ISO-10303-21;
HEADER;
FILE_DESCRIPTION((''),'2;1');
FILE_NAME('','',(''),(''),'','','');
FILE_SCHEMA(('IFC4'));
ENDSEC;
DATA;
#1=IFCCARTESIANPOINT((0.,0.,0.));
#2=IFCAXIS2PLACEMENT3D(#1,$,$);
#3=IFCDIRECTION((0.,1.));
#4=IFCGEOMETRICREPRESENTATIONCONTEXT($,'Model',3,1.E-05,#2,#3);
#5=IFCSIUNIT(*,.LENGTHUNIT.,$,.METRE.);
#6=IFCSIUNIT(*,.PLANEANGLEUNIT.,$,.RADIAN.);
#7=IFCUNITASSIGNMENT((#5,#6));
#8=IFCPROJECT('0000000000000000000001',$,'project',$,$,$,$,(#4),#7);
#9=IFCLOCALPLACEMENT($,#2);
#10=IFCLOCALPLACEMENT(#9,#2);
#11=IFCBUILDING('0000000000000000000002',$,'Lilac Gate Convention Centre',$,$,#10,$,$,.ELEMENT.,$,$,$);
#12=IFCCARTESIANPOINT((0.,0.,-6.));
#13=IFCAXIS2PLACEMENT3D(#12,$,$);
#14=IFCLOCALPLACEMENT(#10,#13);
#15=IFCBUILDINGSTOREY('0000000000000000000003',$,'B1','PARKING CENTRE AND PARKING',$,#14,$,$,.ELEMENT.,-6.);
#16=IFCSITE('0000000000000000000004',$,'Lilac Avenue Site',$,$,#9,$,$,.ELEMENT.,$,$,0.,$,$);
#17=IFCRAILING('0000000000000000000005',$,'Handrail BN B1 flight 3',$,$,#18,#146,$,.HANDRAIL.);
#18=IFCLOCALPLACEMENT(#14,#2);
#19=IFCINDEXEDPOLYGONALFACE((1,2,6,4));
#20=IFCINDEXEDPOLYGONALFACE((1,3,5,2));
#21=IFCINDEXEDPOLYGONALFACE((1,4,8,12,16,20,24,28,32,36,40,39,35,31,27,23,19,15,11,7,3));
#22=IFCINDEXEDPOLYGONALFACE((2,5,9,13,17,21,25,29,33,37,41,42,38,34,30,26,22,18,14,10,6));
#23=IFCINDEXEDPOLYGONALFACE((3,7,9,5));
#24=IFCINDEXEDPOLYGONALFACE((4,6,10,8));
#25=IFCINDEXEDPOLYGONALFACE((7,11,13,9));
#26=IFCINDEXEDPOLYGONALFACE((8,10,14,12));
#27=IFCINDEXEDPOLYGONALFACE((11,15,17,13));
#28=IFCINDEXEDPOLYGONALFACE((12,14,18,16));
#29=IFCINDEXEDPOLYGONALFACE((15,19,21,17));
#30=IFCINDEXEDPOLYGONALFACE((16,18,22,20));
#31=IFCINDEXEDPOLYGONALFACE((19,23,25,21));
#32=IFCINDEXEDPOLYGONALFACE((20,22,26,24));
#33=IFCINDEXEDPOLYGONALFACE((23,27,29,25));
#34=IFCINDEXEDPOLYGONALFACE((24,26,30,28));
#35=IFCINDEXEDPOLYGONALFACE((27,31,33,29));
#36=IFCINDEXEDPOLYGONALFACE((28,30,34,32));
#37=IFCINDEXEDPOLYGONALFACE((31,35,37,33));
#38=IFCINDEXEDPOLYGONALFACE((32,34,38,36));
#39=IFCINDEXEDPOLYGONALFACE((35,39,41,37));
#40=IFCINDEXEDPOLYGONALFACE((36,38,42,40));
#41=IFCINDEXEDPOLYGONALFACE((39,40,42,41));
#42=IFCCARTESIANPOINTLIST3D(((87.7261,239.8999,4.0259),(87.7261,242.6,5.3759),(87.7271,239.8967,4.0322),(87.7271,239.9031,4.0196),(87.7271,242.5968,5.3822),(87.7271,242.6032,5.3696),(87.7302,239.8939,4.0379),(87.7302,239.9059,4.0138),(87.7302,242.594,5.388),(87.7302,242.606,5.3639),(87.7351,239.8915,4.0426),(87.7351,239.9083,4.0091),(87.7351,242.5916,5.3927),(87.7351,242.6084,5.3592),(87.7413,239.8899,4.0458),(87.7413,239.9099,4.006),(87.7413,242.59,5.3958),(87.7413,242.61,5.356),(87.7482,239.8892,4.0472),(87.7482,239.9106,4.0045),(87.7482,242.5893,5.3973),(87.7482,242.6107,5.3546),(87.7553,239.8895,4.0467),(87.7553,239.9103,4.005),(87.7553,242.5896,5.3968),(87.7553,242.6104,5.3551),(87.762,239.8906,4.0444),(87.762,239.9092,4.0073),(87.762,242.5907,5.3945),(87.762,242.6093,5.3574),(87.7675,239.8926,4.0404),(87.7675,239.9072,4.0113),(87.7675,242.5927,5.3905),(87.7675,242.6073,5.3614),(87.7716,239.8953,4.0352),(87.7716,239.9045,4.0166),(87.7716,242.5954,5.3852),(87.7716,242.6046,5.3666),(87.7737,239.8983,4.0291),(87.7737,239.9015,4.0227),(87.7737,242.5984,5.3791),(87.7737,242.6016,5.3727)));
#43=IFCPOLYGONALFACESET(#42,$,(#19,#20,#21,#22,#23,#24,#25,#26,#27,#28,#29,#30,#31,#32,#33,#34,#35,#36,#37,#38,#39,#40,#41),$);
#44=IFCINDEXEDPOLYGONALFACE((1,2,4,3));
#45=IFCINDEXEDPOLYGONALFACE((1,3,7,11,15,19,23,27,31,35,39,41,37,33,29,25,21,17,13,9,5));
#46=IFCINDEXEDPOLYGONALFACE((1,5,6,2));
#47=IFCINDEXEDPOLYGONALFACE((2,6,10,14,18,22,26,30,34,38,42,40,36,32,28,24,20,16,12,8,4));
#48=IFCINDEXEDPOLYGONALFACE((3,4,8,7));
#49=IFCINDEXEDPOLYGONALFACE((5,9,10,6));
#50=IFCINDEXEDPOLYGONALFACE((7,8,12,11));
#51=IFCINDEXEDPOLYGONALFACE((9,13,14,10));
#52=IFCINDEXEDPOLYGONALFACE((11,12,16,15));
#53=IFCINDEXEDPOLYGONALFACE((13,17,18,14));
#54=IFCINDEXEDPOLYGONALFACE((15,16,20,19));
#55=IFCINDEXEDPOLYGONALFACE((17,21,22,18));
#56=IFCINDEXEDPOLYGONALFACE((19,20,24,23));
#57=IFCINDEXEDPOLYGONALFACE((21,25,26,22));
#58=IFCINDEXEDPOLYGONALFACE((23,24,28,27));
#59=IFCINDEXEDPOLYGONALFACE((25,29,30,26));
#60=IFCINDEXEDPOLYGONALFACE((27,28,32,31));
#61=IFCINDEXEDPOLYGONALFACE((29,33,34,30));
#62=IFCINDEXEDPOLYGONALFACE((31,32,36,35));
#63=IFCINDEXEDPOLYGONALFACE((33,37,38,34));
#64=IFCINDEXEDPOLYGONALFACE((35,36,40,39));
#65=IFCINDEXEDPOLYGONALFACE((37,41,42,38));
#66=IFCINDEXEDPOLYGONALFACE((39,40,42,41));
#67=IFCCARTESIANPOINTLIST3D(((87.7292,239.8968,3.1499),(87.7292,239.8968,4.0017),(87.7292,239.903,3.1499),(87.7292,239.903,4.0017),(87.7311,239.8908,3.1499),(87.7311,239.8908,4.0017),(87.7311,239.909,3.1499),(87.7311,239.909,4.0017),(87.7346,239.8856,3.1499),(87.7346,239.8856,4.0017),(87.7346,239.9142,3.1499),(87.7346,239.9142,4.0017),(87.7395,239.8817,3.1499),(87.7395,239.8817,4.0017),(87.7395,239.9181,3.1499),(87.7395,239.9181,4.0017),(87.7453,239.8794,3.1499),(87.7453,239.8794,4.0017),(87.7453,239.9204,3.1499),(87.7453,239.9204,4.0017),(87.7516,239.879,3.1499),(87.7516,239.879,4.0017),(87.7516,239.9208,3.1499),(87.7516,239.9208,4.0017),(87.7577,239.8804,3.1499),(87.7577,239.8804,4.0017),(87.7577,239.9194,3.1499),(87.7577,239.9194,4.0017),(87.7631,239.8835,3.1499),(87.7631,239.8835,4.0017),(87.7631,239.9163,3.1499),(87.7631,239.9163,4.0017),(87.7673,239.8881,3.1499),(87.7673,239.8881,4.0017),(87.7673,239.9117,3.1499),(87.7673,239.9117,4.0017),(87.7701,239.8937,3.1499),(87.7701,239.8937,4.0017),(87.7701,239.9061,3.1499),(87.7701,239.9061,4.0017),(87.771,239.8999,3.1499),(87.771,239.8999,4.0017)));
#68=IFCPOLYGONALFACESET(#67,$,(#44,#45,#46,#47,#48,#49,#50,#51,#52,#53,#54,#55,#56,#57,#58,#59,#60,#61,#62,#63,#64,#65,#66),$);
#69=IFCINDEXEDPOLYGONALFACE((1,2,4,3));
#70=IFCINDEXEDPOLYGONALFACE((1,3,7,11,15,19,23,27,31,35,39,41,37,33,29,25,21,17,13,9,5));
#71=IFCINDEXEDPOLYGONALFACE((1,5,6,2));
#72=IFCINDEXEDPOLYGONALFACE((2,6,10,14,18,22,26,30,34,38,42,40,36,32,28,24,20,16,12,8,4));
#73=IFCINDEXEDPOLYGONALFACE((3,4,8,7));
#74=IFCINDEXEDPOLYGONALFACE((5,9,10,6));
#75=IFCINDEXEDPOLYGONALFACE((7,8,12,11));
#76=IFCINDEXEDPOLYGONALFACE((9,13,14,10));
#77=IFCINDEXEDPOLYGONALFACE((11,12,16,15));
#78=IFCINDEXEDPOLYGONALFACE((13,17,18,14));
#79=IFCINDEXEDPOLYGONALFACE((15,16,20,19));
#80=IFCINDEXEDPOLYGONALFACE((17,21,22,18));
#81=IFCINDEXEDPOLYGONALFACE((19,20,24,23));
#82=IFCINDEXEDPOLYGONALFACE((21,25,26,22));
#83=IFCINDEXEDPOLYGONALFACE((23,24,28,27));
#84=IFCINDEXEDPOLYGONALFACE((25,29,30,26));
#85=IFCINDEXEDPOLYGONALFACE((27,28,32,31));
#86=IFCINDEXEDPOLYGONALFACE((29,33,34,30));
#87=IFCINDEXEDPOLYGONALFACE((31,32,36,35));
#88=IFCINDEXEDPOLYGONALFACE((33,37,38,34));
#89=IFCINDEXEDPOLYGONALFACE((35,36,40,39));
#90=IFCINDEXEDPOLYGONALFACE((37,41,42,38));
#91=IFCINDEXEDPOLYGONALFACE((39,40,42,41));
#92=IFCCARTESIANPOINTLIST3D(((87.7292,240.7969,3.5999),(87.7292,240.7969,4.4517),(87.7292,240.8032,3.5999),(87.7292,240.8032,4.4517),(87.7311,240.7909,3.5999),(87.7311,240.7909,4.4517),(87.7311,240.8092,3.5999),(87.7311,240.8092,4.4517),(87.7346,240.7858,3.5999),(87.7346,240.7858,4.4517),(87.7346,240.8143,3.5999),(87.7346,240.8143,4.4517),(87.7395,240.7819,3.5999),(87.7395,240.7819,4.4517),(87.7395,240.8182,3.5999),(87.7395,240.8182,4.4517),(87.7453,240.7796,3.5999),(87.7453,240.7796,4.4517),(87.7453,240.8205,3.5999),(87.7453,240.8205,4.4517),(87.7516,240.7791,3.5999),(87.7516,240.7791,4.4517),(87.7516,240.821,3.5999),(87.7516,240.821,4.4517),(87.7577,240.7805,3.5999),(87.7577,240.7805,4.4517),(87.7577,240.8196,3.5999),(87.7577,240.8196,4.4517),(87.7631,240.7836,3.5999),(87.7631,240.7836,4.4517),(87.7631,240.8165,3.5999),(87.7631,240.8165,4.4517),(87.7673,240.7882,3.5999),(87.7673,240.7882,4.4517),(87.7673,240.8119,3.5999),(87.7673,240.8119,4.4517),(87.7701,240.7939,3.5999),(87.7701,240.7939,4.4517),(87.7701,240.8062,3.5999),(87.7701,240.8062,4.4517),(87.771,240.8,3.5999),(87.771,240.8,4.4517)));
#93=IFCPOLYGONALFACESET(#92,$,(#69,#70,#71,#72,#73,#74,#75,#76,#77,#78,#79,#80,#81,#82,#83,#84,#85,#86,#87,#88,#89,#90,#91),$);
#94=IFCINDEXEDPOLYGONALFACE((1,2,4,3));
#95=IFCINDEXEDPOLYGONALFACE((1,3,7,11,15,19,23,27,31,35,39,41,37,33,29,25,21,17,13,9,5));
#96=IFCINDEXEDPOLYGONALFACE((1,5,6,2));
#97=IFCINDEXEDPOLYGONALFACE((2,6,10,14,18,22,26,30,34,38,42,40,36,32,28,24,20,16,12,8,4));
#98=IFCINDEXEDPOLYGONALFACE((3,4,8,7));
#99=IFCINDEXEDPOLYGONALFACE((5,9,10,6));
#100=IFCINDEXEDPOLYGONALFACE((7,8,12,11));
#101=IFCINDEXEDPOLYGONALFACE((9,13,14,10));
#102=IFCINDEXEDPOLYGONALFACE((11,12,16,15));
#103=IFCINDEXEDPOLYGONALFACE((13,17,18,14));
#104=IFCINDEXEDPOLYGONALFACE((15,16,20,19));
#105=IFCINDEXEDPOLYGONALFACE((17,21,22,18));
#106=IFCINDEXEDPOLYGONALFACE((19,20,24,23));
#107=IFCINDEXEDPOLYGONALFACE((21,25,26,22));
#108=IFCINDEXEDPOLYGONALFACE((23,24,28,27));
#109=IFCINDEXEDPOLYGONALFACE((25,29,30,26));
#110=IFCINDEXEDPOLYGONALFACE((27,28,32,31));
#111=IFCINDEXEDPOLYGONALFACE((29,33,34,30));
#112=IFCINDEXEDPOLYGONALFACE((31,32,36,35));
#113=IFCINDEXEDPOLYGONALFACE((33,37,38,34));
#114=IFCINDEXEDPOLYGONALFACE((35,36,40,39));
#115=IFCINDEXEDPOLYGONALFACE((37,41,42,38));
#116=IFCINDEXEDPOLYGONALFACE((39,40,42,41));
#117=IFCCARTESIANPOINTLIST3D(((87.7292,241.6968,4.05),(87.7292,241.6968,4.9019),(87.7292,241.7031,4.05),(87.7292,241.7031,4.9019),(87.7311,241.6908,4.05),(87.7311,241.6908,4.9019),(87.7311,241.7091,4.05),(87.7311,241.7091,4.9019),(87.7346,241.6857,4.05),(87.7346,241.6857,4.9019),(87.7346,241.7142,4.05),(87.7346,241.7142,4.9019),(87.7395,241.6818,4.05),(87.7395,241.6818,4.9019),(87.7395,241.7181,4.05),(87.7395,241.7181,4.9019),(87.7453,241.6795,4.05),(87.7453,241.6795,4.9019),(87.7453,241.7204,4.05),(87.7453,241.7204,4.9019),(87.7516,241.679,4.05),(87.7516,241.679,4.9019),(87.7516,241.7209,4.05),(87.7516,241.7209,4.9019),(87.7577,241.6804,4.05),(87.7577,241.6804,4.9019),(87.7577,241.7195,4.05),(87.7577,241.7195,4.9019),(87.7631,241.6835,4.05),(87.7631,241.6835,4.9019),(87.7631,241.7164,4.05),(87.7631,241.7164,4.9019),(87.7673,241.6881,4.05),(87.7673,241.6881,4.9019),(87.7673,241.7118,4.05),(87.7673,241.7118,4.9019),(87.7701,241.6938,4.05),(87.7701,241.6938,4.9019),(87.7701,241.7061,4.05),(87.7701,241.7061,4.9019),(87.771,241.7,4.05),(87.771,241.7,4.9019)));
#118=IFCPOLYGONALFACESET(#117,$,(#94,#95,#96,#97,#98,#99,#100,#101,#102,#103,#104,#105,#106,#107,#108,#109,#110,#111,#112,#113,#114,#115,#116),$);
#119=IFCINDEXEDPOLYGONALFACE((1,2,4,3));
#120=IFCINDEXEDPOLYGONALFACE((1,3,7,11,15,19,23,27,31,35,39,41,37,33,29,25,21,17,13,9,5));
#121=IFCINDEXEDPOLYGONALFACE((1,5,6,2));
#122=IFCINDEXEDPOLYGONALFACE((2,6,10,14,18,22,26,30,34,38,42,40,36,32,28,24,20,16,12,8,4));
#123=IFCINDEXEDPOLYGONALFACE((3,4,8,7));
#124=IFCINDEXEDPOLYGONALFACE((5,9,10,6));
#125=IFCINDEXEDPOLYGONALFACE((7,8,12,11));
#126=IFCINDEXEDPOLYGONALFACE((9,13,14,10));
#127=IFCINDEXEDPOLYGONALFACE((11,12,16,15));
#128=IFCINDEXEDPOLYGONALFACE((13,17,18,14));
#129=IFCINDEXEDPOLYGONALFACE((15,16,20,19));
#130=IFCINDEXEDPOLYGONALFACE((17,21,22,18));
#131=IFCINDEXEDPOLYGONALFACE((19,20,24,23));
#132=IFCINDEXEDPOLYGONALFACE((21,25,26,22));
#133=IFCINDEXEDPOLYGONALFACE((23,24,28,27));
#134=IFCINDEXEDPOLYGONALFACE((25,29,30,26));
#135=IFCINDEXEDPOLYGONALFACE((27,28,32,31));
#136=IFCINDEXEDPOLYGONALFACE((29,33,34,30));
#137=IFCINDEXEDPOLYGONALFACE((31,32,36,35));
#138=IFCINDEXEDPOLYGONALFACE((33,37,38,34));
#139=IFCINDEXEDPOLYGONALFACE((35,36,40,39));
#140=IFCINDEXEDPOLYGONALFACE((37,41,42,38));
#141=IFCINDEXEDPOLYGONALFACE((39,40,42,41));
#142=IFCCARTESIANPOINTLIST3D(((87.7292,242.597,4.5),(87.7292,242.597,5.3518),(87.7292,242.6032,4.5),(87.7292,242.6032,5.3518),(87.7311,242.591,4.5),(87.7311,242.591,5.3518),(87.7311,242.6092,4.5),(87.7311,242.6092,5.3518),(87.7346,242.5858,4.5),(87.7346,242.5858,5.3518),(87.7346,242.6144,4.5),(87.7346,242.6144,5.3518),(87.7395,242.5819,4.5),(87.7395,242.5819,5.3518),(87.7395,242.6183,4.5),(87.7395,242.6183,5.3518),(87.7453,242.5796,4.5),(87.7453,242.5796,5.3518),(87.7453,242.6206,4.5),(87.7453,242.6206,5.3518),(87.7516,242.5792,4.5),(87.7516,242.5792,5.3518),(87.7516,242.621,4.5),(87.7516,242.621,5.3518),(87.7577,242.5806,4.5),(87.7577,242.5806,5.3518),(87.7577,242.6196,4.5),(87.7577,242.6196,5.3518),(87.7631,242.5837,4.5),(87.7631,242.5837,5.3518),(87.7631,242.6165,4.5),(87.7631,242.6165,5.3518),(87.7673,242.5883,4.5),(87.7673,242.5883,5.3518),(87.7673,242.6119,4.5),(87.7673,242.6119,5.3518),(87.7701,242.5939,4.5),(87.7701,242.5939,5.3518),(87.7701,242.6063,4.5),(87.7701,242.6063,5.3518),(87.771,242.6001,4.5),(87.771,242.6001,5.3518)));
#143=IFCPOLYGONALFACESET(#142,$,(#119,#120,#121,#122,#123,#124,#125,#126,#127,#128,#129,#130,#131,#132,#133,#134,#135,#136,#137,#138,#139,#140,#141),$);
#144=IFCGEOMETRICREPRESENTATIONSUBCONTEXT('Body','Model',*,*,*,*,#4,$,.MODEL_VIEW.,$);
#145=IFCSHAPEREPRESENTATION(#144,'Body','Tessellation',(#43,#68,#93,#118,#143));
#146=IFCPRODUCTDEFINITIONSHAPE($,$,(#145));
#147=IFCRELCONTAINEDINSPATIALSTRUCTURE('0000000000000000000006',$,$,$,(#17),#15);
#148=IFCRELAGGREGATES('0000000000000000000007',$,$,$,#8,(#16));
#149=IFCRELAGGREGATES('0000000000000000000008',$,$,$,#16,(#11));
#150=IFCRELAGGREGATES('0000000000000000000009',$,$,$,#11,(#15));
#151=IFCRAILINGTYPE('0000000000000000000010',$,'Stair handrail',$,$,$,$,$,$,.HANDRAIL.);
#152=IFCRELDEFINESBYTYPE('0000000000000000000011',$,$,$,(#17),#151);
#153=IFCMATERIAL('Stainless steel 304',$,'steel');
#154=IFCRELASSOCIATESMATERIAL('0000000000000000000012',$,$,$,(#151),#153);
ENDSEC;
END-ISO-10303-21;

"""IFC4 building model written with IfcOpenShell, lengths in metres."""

from ifc_helpers import new_model, si_unit, direction, frame, origin, origin_2d, place, context, subcontext, project, spatial, circle, extrude, material, type_object, element, save


model = new_model("IFC4")

# Units and contexts
model_context = context("Model", 3, precision=1e-05, world=origin(), true_north=direction((0.0, 1.0)))
body_context = subcontext(model_context, "Body", "Model", "MODEL_VIEW")
ifc_project = project(units=[si_unit("LENGTHUNIT", "METRE"), si_unit("PLANEANGLEUNIT", "RADIAN")], contexts=[model_context])

# Site, building, storey
site_placement = place(None, origin())
site = spatial("IfcSite", under=ifc_project, at=site_placement, Name="Lilac Avenue Site", CompositionType="ELEMENT", RefElevation=0.0)
building_placement = place(site_placement, origin())
building = spatial("IfcBuilding", under=site, at=building_placement, Name="Lilac Gate Convention Centre", CompositionType="ELEMENT")
storey_placement = place(building_placement, frame((0.0, 0.0, -6.0)))
storey = spatial("IfcBuildingStorey", under=building, at=storey_placement, Name="B1", Description="PARKING CENTRE AND PARKING", CompositionType="ELEMENT", Elevation=-6.0)

# Railing
ifc_material_1 = material(Name="Stainless steel 304", Category="steel")
railing_type = type_object("IfcRailingType", Name="Stair handrail", PredefinedType="HANDRAIL", material=ifc_material_1)
railing_1_placement = place(storey_placement, frame((87.75, 239.8999, 3.1499)))
element("IfcRailing", 1, at=railing_1_placement, inside=storey, type_object=railing_type, Name="Handrail BN B1 flight 3", PredefinedType="HANDRAIL", context=body_context, shape_type="SweptSolid", body=[
    extrude(circle(Radius=0.0239, at=origin_2d()), frame((0.0, 0.0, 0.876), z_axis=(0.0, 0.894427, 0.447214), x_axis=(-1.0, 0.0, 0.0)), (0.0, 0.0, 1.0), 3.0188),
    extrude(circle(Radius=0.021, at=origin_2d()), origin(), (0.0, 0.0, 1.0), 0.8518),
    extrude(circle(Radius=0.021, at=origin_2d()), frame((0.0, 0.9001, 0.45)), (0.0, 0.0, 1.0), 0.8518),
    extrude(circle(Radius=0.021, at=origin_2d()), frame((0.0, 1.8, 0.9001)), (0.0, 0.0, 1.0), 0.8518),
    extrude(circle(Radius=0.021, at=origin_2d()), frame((0.0, 2.7002, 1.3501)), (0.0, 0.0, 1.0), 0.8518),
])

save(model, "model.ifc")
